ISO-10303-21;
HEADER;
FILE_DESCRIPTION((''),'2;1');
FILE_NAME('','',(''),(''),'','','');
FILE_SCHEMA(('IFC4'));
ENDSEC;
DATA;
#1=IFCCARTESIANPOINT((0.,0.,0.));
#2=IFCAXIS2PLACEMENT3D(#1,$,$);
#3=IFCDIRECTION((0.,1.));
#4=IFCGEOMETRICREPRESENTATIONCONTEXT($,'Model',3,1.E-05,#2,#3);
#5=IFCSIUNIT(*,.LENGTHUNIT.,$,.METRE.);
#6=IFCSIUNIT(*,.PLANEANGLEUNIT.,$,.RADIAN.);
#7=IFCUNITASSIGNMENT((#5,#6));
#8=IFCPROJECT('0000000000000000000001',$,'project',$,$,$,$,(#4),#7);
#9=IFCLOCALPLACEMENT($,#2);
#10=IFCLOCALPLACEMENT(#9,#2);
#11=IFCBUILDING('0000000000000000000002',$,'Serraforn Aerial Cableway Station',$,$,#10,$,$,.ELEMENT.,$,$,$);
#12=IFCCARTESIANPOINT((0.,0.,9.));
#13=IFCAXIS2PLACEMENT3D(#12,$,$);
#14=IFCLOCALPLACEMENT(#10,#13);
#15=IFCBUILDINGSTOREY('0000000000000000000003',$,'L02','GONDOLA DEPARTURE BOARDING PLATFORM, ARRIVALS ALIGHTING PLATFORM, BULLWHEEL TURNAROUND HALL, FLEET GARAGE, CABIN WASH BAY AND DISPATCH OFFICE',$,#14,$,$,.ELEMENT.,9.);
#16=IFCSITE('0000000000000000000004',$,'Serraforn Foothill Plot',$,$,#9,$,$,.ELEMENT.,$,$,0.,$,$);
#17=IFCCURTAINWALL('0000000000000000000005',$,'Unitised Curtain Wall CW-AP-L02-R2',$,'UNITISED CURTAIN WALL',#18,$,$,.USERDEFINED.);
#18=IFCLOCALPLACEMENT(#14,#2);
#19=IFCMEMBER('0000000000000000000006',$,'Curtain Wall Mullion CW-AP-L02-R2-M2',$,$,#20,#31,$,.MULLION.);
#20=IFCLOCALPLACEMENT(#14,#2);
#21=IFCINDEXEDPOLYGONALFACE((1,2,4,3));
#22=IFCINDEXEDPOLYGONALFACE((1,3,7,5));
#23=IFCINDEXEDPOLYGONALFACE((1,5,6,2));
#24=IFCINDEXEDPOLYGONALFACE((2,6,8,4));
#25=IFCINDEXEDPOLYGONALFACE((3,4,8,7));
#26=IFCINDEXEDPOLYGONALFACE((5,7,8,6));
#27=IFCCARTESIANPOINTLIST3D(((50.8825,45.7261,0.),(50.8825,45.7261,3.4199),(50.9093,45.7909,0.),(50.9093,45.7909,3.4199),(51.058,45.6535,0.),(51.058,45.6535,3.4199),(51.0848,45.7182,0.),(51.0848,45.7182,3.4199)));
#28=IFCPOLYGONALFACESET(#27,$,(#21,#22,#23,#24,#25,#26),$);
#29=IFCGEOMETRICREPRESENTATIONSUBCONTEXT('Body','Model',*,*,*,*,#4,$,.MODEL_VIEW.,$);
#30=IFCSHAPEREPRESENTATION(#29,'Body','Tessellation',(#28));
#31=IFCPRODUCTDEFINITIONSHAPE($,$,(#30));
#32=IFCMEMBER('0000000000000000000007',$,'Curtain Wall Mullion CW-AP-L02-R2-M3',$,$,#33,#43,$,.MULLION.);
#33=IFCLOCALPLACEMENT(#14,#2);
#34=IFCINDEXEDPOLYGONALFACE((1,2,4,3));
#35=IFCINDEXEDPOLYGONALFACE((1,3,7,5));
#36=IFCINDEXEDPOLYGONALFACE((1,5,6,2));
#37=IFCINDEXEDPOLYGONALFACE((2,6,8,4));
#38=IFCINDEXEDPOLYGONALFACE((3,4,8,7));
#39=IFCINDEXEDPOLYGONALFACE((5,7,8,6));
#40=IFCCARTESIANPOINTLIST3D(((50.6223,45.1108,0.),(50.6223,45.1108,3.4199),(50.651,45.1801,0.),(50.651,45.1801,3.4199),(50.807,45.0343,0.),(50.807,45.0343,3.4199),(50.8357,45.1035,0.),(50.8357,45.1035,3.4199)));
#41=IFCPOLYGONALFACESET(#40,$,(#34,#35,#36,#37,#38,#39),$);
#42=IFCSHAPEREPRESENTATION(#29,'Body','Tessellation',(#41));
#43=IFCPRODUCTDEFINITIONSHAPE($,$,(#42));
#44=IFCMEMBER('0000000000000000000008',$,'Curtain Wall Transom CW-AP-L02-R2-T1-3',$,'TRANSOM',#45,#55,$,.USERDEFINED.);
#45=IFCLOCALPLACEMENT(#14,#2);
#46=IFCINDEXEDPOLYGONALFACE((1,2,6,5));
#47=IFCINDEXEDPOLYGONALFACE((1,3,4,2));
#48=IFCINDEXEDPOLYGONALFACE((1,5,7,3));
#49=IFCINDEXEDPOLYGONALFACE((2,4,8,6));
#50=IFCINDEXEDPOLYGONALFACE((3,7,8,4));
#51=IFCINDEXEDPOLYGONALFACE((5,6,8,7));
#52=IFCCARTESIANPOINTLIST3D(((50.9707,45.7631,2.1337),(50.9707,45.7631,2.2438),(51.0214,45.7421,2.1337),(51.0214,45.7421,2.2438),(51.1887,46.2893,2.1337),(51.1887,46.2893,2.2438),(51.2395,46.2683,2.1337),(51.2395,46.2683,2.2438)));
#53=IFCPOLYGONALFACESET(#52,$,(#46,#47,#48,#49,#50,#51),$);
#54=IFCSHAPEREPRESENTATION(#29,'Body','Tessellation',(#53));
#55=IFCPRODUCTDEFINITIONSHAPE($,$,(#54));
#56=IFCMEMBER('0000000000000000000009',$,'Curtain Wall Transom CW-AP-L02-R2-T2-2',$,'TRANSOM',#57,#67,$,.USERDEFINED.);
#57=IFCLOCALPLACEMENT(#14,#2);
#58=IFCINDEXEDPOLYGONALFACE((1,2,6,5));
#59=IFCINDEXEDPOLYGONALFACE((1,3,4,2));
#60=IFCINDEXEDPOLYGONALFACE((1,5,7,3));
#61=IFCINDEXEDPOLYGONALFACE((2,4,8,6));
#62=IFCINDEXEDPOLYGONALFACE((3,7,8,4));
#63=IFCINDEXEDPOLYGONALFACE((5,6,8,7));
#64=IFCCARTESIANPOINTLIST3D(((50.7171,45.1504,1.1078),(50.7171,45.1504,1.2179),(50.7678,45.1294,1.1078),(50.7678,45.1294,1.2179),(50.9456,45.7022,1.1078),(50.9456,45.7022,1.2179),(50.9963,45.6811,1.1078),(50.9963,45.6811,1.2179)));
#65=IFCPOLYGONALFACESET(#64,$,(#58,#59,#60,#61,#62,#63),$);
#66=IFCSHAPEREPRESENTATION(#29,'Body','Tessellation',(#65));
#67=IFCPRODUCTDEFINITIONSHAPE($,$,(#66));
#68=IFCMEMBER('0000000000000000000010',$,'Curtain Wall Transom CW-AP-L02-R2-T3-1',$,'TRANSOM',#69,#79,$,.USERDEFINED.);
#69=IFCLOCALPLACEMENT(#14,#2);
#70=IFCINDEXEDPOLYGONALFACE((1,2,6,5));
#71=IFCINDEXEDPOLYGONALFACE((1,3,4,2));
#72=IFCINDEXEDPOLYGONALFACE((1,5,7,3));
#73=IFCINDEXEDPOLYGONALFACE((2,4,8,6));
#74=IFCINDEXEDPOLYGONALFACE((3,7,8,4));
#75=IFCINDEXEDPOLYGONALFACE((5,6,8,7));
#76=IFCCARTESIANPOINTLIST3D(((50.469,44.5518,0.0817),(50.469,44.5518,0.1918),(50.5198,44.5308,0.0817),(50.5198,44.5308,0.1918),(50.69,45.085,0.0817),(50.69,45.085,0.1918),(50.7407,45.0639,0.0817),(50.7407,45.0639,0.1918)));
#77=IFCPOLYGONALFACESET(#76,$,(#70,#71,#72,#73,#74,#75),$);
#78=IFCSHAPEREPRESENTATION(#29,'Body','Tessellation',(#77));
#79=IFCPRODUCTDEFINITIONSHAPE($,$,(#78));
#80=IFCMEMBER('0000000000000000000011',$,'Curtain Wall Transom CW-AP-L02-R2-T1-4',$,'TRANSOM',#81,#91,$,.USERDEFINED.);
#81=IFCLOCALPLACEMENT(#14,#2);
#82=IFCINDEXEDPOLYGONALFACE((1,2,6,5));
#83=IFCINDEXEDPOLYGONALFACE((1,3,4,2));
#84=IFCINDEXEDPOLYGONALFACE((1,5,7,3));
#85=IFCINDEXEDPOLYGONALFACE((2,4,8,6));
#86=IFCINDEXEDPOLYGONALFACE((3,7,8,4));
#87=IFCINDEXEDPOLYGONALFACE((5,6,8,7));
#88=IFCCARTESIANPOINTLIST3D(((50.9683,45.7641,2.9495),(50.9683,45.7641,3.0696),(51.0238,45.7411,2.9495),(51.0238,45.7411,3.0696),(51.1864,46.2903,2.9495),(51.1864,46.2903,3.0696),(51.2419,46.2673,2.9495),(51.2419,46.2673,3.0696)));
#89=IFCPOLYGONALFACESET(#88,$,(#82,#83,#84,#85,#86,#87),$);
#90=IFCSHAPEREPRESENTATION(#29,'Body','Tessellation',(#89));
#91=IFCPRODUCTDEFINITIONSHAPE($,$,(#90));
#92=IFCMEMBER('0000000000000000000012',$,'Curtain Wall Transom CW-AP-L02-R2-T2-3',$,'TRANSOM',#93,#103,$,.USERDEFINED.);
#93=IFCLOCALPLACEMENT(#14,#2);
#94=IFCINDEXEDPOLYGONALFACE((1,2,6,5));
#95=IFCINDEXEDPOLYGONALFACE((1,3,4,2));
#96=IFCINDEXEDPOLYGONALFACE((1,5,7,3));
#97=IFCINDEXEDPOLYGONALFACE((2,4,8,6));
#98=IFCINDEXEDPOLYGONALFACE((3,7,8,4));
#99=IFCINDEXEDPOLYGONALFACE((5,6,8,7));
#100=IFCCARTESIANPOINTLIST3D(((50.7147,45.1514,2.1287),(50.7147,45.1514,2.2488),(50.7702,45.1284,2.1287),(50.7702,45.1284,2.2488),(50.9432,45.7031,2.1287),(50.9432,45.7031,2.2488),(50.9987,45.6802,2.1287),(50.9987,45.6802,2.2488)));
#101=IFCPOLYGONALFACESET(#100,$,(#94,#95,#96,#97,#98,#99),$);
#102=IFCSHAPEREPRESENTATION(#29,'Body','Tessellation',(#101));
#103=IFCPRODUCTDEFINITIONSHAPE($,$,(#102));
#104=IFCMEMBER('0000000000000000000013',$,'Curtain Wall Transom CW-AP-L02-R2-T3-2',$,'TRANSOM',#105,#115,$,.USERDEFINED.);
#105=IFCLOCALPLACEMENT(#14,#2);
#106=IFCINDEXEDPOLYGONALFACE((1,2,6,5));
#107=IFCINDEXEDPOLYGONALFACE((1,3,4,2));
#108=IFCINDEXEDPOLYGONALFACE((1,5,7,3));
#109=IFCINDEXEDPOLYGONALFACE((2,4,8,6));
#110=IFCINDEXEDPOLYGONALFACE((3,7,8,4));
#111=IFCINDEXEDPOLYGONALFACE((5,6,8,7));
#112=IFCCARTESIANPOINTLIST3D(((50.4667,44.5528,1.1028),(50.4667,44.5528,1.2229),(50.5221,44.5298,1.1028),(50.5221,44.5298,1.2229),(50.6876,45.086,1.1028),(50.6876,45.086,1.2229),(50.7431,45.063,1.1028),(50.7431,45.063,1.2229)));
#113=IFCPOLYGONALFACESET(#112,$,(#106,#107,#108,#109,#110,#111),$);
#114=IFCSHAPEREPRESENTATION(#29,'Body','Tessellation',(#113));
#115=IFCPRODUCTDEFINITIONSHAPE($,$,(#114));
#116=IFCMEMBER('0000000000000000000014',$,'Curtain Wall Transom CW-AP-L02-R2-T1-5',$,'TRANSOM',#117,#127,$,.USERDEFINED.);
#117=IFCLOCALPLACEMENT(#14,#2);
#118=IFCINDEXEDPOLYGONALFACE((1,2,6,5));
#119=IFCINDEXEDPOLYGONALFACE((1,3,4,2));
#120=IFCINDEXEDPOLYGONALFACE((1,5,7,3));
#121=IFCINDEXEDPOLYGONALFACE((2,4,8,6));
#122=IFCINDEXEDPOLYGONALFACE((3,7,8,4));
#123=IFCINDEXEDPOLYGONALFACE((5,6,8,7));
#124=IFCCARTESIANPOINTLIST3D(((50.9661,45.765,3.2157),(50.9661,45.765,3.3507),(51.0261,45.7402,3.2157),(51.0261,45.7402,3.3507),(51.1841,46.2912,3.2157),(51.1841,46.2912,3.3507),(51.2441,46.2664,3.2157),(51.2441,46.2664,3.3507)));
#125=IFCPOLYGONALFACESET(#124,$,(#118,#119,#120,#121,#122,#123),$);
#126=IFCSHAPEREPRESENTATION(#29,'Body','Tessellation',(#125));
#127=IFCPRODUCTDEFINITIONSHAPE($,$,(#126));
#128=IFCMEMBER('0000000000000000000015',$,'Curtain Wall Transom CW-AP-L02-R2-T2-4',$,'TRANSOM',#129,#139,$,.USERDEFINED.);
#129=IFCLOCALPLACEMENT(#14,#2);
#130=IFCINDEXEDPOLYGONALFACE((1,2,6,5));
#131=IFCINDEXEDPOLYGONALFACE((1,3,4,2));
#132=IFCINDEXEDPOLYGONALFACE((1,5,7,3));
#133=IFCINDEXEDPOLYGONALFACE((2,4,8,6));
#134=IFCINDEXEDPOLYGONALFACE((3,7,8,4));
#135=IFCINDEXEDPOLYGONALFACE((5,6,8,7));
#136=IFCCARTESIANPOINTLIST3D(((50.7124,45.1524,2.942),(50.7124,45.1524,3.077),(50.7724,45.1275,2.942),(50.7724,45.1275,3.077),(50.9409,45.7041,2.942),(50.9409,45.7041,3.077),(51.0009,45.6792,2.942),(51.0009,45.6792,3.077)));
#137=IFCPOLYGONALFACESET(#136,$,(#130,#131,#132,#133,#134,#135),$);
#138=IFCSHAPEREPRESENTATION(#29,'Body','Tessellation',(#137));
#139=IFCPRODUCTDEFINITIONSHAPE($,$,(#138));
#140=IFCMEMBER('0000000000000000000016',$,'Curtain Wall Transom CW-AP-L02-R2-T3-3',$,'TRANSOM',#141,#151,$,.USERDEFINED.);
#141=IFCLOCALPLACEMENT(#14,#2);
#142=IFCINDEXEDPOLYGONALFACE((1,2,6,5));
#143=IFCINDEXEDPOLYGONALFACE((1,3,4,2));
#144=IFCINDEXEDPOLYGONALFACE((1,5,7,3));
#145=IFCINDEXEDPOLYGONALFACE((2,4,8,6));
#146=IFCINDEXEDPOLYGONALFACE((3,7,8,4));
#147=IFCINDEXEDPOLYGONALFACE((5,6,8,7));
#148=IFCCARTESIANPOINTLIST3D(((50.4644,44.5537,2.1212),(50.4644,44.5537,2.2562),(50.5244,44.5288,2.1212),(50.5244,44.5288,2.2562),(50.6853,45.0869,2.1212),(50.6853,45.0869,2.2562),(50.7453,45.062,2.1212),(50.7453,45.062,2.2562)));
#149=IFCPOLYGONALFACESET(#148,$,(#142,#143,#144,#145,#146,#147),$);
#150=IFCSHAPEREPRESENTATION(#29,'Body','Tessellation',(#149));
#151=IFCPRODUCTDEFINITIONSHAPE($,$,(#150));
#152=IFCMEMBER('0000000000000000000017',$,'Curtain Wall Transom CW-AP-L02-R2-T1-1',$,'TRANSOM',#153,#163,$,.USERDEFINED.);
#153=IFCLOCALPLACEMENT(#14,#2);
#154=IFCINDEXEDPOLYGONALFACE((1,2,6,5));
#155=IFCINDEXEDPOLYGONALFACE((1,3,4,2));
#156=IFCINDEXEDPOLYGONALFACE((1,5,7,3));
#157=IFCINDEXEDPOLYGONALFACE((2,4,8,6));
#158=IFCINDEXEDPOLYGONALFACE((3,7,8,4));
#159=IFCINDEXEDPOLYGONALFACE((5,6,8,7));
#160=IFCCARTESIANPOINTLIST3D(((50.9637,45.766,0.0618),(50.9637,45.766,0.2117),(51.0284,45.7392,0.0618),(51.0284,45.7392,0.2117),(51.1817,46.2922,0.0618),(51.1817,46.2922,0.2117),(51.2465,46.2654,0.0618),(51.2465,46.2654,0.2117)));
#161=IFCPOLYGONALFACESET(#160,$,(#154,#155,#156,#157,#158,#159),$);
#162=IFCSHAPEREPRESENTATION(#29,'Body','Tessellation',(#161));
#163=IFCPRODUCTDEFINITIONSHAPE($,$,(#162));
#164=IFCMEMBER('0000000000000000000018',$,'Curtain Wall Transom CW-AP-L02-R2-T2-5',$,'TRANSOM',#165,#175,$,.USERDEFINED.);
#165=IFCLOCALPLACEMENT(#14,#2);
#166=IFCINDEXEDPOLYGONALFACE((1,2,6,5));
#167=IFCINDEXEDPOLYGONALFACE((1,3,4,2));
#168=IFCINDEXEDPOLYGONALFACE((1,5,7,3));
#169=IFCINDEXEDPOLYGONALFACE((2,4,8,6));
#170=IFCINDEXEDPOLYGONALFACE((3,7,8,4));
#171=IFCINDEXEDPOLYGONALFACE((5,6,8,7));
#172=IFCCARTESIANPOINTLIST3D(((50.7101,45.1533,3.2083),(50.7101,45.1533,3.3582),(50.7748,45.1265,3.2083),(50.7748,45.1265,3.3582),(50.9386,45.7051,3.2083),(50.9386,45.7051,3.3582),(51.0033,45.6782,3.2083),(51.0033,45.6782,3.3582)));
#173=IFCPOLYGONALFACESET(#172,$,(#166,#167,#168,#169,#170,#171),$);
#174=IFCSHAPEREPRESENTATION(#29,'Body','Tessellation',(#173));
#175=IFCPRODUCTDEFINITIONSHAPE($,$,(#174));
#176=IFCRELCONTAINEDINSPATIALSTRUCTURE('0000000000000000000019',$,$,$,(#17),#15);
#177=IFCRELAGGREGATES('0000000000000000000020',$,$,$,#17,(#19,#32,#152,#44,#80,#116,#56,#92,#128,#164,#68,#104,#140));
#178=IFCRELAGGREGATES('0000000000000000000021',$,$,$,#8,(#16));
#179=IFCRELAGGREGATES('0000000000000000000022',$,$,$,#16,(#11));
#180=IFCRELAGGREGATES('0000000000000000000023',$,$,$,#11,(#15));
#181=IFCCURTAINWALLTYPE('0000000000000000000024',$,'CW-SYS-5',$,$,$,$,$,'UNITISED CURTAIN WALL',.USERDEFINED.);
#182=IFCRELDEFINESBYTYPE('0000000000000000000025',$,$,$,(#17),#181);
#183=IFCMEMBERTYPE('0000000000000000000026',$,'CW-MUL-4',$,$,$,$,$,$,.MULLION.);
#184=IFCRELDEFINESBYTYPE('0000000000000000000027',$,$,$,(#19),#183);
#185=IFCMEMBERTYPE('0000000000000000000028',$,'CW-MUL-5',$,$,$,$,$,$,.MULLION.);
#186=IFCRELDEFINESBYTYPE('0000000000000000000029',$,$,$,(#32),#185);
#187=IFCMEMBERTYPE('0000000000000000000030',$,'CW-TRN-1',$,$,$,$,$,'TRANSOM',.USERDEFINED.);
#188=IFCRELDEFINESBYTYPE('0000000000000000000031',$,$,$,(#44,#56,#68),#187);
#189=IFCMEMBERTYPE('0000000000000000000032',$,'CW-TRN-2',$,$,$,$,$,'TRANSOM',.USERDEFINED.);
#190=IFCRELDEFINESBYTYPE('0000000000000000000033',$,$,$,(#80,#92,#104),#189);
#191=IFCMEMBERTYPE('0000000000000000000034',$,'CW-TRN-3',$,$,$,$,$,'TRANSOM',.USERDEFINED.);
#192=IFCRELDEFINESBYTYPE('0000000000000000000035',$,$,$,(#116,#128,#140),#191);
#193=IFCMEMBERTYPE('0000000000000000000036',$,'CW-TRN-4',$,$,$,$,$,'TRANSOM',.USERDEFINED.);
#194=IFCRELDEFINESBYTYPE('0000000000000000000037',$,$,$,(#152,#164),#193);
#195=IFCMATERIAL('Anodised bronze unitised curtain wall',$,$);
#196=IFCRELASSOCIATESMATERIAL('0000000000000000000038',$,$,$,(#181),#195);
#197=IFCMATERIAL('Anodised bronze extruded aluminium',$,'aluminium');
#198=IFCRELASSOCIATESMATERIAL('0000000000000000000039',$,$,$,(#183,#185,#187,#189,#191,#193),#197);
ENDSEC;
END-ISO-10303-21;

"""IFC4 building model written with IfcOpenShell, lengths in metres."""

from ifc_helpers import new_model, si_unit, direction, frame, origin, origin_2d, place, context, subcontext, project, spatial, rectangle, extrude, material, material_profile, profile_set, type_object, element, aggregate, save


model = new_model("IFC4")

# Units and contexts
model_context = context("Model", 3, precision=1e-05, world=origin(), true_north=direction((0.0, 1.0)))
body_context = subcontext(model_context, "Body", "Model", "MODEL_VIEW")
ifc_project = project(units=[si_unit("LENGTHUNIT", "METRE"), si_unit("PLANEANGLEUNIT", "RADIAN")], contexts=[model_context])

# Site, building, storey
site_placement = place(None, origin())
site = spatial("IfcSite", under=ifc_project, at=site_placement, Name="Serraforn Foothill Plot", CompositionType="ELEMENT", RefElevation=0.0)
building_placement = place(site_placement, origin())
building = spatial("IfcBuilding", under=site, at=building_placement, Name="Serraforn Aerial Cableway Station", CompositionType="ELEMENT")
storey_placement = place(building_placement, frame((0.0, 0.0, 9.0)))
storey = spatial("IfcBuildingStorey", under=building, at=storey_placement, Name="L02", Description="GONDOLA DEPARTURE BOARDING PLATFORM, ARRIVALS ALIGHTING PLATFORM, BULLWHEEL TURNAROUND HALL, FLEET GARAGE, CABIN WASH BAY AND DISPATCH OFFICE", CompositionType="ELEMENT", Elevation=9.0)

# Curtain wall, members
ifc_material_1 = material(Name="Anodised bronze unitised curtain wall")
curtain_wall_type = type_object("IfcCurtainWallType", Name="CW-SYS-5", ElementType="UNITISED CURTAIN WALL", PredefinedType="USERDEFINED", material=ifc_material_1)
curtain_wall_placement = place(storey_placement, origin())
curtain_wall = element("IfcCurtainWall", 1, at=curtain_wall_placement, inside=storey, type_object=curtain_wall_type, Name="Unitised Curtain Wall CW-AP-L02-R2", ObjectType="UNITISED CURTAIN WALL", PredefinedType="USERDEFINED")
ifc_material_2 = material(Name="Anodised bronze extruded aluminium", Category="aluminium")
ifc_material_profile_1 = material_profile(ifc_material_2, rectangle(XDim=0.0701, YDim=0.1899, at=origin_2d()), Name="CW MULLION 70x190")
ifc_profile_set_1 = profile_set([ifc_material_profile_1], Name="Anodised bronze extruded aluminium")
member_type_1 = type_object("IfcMemberType", Name="CW-MUL-4", PredefinedType="MULLION", material=ifc_profile_set_1)
member_1_placement = place(storey_placement, frame((50.9836, 45.7222, 0.0), z_axis=(0.0, 0.0, 1.0), x_axis=(-0.382666, -0.923887, 0.0)))
member_1 = element("IfcMember", 2, at=member_1_placement, type_object=member_type_1, Name="Curtain Wall Mullion CW-AP-L02-R2-M2", PredefinedType="MULLION", context=body_context, shape_type="SweptSolid", body=[
    extrude(rectangle(XDim=0.0701, YDim=0.1899, at=origin_2d()), origin(), (0.0, 0.0, 1.0), 3.4199),
])
ifc_material_profile_2 = material_profile(ifc_material_2, rectangle(XDim=0.075, YDim=0.2, at=origin_2d()), Name="CW MULLION 75x200")
ifc_profile_set_2 = profile_set([ifc_material_profile_2], Name="Anodised bronze extruded aluminium")
member_type_2 = type_object("IfcMemberType", Name="CW-MUL-5", PredefinedType="MULLION", material=ifc_profile_set_2)
member_2_placement = place(storey_placement, frame((50.729, 45.1072, 0.0), z_axis=(0.0, 0.0, 1.0), x_axis=(-0.382666, -0.923887, 0.0)))
member_2 = element("IfcMember", 3, at=member_2_placement, type_object=member_type_2, Name="Curtain Wall Mullion CW-AP-L02-R2-M3", PredefinedType="MULLION", context=body_context, shape_type="SweptSolid", body=[
    extrude(rectangle(XDim=0.075, YDim=0.2, at=origin_2d()), origin(), (0.0, 0.0, 1.0), 3.4199),
])
ifc_material_profile_3 = material_profile(ifc_material_2, rectangle(XDim=0.0549, YDim=0.1101, at=origin_2d()), Name="CW TRANSOM 55x110")
ifc_profile_set_3 = profile_set([ifc_material_profile_3], Name="Anodised bronze extruded aluminium")
member_type_3 = type_object("IfcMemberType", Name="CW-TRN-1", ElementType="TRANSOM", PredefinedType="USERDEFINED", material=ifc_profile_set_3)
member_3_placement = place(storey_placement, frame((51.2141, 46.2788, 2.1887), z_axis=(-0.382819, -0.923823, 0.0), x_axis=(0.923823, -0.382819, 0.0)))
member_3 = element("IfcMember", 4, at=member_3_placement, type_object=member_type_3, Name="Curtain Wall Transom CW-AP-L02-R2-T1-3", ObjectType="TRANSOM", PredefinedType="USERDEFINED", context=body_context, shape_type="SweptSolid", body=[
    extrude(rectangle(XDim=0.0549, YDim=0.1101, at=origin_2d()), origin(), (0.0, 0.0, 1.0), 0.5696),
])
member_4_placement = place(storey_placement, frame((50.9709, 45.6917, 1.1628), z_axis=(-0.382641, -0.923897, 0.0), x_axis=(0.923897, -0.382641, 0.0)))
member_4 = element("IfcMember", 5, at=member_4_placement, type_object=member_type_3, Name="Curtain Wall Transom CW-AP-L02-R2-T2-2", ObjectType="TRANSOM", PredefinedType="USERDEFINED", context=body_context, shape_type="SweptSolid", body=[
    extrude(rectangle(XDim=0.0549, YDim=0.1101, at=origin_2d()), origin(), (0.0, 0.0, 1.0), 0.5972),
])
member_5_placement = place(storey_placement, frame((50.7153, 45.0745, 0.1367), z_axis=(-0.382813, -0.923826, 0.0), x_axis=(0.923826, -0.382813, 0.0)))
member_5 = element("IfcMember", 6, at=member_5_placement, type_object=member_type_3, Name="Curtain Wall Transom CW-AP-L02-R2-T3-1", ObjectType="TRANSOM", PredefinedType="USERDEFINED", context=body_context, shape_type="SweptSolid", body=[
    extrude(rectangle(XDim=0.0549, YDim=0.1101, at=origin_2d()), origin(), (0.0, 0.0, 1.0), 0.5771),
])
ifc_material_profile_4 = material_profile(ifc_material_2, rectangle(XDim=0.0601, YDim=0.1201, at=origin_2d()), Name="CW TRANSOM 60x120")
ifc_profile_set_4 = profile_set([ifc_material_profile_4], Name="Anodised bronze extruded aluminium")
member_type_4 = type_object("IfcMemberType", Name="CW-TRN-2", ElementType="TRANSOM", PredefinedType="USERDEFINED", material=ifc_profile_set_4)
member_6_placement = place(storey_placement, frame((51.2141, 46.2788, 3.0095), z_axis=(-0.382819, -0.923823, 0.0), x_axis=(0.923823, -0.382819, 0.0)))
member_6 = element("IfcMember", 7, at=member_6_placement, type_object=member_type_4, Name="Curtain Wall Transom CW-AP-L02-R2-T1-4", ObjectType="TRANSOM", PredefinedType="USERDEFINED", context=body_context, shape_type="SweptSolid", body=[
    extrude(rectangle(XDim=0.0601, YDim=0.1201, at=origin_2d()), origin(), (0.0, 0.0, 1.0), 0.5696),
])
member_7_placement = place(storey_placement, frame((50.9709, 45.6917, 2.1887), z_axis=(-0.382641, -0.923897, 0.0), x_axis=(0.923897, -0.382641, 0.0)))
member_7 = element("IfcMember", 8, at=member_7_placement, type_object=member_type_4, Name="Curtain Wall Transom CW-AP-L02-R2-T2-3", ObjectType="TRANSOM", PredefinedType="USERDEFINED", context=body_context, shape_type="SweptSolid", body=[
    extrude(rectangle(XDim=0.0601, YDim=0.1201, at=origin_2d()), origin(), (0.0, 0.0, 1.0), 0.5972),
])
member_8_placement = place(storey_placement, frame((50.7153, 45.0745, 1.1628), z_axis=(-0.382813, -0.923826, 0.0), x_axis=(0.923826, -0.382813, 0.0)))
member_8 = element("IfcMember", 9, at=member_8_placement, type_object=member_type_4, Name="Curtain Wall Transom CW-AP-L02-R2-T3-2", ObjectType="TRANSOM", PredefinedType="USERDEFINED", context=body_context, shape_type="SweptSolid", body=[
    extrude(rectangle(XDim=0.0601, YDim=0.1201, at=origin_2d()), origin(), (0.0, 0.0, 1.0), 0.5771),
])
ifc_material_profile_5 = material_profile(ifc_material_2, rectangle(XDim=0.0649, YDim=0.135, at=origin_2d()), Name="CW TRANSOM 65x135")
ifc_profile_set_5 = profile_set([ifc_material_profile_5], Name="Anodised bronze extruded aluminium")
member_type_5 = type_object("IfcMemberType", Name="CW-TRN-3", ElementType="TRANSOM", PredefinedType="USERDEFINED", material=ifc_profile_set_5)
member_9_placement = place(storey_placement, frame((51.2141, 46.2788, 3.2832), z_axis=(-0.382819, -0.923823, 0.0), x_axis=(0.923823, -0.382819, 0.0)))
member_9 = element("IfcMember", 10, at=member_9_placement, type_object=member_type_5, Name="Curtain Wall Transom CW-AP-L02-R2-T1-5", ObjectType="TRANSOM", PredefinedType="USERDEFINED", context=body_context, shape_type="SweptSolid", body=[
    extrude(rectangle(XDim=0.0649, YDim=0.135, at=origin_2d()), origin(), (0.0, 0.0, 1.0), 0.5696),
])
member_10_placement = place(storey_placement, frame((50.9709, 45.6917, 3.0095), z_axis=(-0.382641, -0.923897, 0.0), x_axis=(0.923897, -0.382641, 0.0)))
member_10 = element("IfcMember", 11, at=member_10_placement, type_object=member_type_5, Name="Curtain Wall Transom CW-AP-L02-R2-T2-4", ObjectType="TRANSOM", PredefinedType="USERDEFINED", context=body_context, shape_type="SweptSolid", body=[
    extrude(rectangle(XDim=0.0649, YDim=0.135, at=origin_2d()), origin(), (0.0, 0.0, 1.0), 0.5972),
])
member_11_placement = place(storey_placement, frame((50.7153, 45.0745, 2.1887), z_axis=(-0.382813, -0.923826, 0.0), x_axis=(0.923826, -0.382813, 0.0)))
member_11 = element("IfcMember", 12, at=member_11_placement, type_object=member_type_5, Name="Curtain Wall Transom CW-AP-L02-R2-T3-3", ObjectType="TRANSOM", PredefinedType="USERDEFINED", context=body_context, shape_type="SweptSolid", body=[
    extrude(rectangle(XDim=0.0649, YDim=0.135, at=origin_2d()), origin(), (0.0, 0.0, 1.0), 0.5771),
])
ifc_material_profile_6 = material_profile(ifc_material_2, rectangle(XDim=0.0701, YDim=0.1499, at=origin_2d()), Name="CW TRANSOM 70x150")
ifc_profile_set_6 = profile_set([ifc_material_profile_6], Name="Anodised bronze extruded aluminium")
member_type_6 = type_object("IfcMemberType", Name="CW-TRN-4", ElementType="TRANSOM", PredefinedType="USERDEFINED", material=ifc_profile_set_6)
member_12_placement = place(storey_placement, frame((51.2141, 46.2788, 0.1367), z_axis=(-0.382819, -0.923823, 0.0), x_axis=(0.923823, -0.382819, 0.0)))
member_12 = element("IfcMember", 13, at=member_12_placement, type_object=member_type_6, Name="Curtain Wall Transom CW-AP-L02-R2-T1-1", ObjectType="TRANSOM", PredefinedType="USERDEFINED", context=body_context, shape_type="SweptSolid", body=[
    extrude(rectangle(XDim=0.0701, YDim=0.1499, at=origin_2d()), origin(), (0.0, 0.0, 1.0), 0.5696),
])
member_13_placement = place(storey_placement, frame((50.9709, 45.6917, 3.2832), z_axis=(-0.382641, -0.923897, 0.0), x_axis=(0.923897, -0.382641, 0.0)))
member_13 = element("IfcMember", 14, at=member_13_placement, type_object=member_type_6, Name="Curtain Wall Transom CW-AP-L02-R2-T2-5", ObjectType="TRANSOM", PredefinedType="USERDEFINED", context=body_context, shape_type="SweptSolid", body=[
    extrude(rectangle(XDim=0.0701, YDim=0.1499, at=origin_2d()), origin(), (0.0, 0.0, 1.0), 0.5972),
])
aggregate(curtain_wall, [member_1, member_2, member_12, member_3, member_6, member_9, member_4, member_7, member_10, member_13, member_5, member_8, member_11])

save(model, "model.ifc")
